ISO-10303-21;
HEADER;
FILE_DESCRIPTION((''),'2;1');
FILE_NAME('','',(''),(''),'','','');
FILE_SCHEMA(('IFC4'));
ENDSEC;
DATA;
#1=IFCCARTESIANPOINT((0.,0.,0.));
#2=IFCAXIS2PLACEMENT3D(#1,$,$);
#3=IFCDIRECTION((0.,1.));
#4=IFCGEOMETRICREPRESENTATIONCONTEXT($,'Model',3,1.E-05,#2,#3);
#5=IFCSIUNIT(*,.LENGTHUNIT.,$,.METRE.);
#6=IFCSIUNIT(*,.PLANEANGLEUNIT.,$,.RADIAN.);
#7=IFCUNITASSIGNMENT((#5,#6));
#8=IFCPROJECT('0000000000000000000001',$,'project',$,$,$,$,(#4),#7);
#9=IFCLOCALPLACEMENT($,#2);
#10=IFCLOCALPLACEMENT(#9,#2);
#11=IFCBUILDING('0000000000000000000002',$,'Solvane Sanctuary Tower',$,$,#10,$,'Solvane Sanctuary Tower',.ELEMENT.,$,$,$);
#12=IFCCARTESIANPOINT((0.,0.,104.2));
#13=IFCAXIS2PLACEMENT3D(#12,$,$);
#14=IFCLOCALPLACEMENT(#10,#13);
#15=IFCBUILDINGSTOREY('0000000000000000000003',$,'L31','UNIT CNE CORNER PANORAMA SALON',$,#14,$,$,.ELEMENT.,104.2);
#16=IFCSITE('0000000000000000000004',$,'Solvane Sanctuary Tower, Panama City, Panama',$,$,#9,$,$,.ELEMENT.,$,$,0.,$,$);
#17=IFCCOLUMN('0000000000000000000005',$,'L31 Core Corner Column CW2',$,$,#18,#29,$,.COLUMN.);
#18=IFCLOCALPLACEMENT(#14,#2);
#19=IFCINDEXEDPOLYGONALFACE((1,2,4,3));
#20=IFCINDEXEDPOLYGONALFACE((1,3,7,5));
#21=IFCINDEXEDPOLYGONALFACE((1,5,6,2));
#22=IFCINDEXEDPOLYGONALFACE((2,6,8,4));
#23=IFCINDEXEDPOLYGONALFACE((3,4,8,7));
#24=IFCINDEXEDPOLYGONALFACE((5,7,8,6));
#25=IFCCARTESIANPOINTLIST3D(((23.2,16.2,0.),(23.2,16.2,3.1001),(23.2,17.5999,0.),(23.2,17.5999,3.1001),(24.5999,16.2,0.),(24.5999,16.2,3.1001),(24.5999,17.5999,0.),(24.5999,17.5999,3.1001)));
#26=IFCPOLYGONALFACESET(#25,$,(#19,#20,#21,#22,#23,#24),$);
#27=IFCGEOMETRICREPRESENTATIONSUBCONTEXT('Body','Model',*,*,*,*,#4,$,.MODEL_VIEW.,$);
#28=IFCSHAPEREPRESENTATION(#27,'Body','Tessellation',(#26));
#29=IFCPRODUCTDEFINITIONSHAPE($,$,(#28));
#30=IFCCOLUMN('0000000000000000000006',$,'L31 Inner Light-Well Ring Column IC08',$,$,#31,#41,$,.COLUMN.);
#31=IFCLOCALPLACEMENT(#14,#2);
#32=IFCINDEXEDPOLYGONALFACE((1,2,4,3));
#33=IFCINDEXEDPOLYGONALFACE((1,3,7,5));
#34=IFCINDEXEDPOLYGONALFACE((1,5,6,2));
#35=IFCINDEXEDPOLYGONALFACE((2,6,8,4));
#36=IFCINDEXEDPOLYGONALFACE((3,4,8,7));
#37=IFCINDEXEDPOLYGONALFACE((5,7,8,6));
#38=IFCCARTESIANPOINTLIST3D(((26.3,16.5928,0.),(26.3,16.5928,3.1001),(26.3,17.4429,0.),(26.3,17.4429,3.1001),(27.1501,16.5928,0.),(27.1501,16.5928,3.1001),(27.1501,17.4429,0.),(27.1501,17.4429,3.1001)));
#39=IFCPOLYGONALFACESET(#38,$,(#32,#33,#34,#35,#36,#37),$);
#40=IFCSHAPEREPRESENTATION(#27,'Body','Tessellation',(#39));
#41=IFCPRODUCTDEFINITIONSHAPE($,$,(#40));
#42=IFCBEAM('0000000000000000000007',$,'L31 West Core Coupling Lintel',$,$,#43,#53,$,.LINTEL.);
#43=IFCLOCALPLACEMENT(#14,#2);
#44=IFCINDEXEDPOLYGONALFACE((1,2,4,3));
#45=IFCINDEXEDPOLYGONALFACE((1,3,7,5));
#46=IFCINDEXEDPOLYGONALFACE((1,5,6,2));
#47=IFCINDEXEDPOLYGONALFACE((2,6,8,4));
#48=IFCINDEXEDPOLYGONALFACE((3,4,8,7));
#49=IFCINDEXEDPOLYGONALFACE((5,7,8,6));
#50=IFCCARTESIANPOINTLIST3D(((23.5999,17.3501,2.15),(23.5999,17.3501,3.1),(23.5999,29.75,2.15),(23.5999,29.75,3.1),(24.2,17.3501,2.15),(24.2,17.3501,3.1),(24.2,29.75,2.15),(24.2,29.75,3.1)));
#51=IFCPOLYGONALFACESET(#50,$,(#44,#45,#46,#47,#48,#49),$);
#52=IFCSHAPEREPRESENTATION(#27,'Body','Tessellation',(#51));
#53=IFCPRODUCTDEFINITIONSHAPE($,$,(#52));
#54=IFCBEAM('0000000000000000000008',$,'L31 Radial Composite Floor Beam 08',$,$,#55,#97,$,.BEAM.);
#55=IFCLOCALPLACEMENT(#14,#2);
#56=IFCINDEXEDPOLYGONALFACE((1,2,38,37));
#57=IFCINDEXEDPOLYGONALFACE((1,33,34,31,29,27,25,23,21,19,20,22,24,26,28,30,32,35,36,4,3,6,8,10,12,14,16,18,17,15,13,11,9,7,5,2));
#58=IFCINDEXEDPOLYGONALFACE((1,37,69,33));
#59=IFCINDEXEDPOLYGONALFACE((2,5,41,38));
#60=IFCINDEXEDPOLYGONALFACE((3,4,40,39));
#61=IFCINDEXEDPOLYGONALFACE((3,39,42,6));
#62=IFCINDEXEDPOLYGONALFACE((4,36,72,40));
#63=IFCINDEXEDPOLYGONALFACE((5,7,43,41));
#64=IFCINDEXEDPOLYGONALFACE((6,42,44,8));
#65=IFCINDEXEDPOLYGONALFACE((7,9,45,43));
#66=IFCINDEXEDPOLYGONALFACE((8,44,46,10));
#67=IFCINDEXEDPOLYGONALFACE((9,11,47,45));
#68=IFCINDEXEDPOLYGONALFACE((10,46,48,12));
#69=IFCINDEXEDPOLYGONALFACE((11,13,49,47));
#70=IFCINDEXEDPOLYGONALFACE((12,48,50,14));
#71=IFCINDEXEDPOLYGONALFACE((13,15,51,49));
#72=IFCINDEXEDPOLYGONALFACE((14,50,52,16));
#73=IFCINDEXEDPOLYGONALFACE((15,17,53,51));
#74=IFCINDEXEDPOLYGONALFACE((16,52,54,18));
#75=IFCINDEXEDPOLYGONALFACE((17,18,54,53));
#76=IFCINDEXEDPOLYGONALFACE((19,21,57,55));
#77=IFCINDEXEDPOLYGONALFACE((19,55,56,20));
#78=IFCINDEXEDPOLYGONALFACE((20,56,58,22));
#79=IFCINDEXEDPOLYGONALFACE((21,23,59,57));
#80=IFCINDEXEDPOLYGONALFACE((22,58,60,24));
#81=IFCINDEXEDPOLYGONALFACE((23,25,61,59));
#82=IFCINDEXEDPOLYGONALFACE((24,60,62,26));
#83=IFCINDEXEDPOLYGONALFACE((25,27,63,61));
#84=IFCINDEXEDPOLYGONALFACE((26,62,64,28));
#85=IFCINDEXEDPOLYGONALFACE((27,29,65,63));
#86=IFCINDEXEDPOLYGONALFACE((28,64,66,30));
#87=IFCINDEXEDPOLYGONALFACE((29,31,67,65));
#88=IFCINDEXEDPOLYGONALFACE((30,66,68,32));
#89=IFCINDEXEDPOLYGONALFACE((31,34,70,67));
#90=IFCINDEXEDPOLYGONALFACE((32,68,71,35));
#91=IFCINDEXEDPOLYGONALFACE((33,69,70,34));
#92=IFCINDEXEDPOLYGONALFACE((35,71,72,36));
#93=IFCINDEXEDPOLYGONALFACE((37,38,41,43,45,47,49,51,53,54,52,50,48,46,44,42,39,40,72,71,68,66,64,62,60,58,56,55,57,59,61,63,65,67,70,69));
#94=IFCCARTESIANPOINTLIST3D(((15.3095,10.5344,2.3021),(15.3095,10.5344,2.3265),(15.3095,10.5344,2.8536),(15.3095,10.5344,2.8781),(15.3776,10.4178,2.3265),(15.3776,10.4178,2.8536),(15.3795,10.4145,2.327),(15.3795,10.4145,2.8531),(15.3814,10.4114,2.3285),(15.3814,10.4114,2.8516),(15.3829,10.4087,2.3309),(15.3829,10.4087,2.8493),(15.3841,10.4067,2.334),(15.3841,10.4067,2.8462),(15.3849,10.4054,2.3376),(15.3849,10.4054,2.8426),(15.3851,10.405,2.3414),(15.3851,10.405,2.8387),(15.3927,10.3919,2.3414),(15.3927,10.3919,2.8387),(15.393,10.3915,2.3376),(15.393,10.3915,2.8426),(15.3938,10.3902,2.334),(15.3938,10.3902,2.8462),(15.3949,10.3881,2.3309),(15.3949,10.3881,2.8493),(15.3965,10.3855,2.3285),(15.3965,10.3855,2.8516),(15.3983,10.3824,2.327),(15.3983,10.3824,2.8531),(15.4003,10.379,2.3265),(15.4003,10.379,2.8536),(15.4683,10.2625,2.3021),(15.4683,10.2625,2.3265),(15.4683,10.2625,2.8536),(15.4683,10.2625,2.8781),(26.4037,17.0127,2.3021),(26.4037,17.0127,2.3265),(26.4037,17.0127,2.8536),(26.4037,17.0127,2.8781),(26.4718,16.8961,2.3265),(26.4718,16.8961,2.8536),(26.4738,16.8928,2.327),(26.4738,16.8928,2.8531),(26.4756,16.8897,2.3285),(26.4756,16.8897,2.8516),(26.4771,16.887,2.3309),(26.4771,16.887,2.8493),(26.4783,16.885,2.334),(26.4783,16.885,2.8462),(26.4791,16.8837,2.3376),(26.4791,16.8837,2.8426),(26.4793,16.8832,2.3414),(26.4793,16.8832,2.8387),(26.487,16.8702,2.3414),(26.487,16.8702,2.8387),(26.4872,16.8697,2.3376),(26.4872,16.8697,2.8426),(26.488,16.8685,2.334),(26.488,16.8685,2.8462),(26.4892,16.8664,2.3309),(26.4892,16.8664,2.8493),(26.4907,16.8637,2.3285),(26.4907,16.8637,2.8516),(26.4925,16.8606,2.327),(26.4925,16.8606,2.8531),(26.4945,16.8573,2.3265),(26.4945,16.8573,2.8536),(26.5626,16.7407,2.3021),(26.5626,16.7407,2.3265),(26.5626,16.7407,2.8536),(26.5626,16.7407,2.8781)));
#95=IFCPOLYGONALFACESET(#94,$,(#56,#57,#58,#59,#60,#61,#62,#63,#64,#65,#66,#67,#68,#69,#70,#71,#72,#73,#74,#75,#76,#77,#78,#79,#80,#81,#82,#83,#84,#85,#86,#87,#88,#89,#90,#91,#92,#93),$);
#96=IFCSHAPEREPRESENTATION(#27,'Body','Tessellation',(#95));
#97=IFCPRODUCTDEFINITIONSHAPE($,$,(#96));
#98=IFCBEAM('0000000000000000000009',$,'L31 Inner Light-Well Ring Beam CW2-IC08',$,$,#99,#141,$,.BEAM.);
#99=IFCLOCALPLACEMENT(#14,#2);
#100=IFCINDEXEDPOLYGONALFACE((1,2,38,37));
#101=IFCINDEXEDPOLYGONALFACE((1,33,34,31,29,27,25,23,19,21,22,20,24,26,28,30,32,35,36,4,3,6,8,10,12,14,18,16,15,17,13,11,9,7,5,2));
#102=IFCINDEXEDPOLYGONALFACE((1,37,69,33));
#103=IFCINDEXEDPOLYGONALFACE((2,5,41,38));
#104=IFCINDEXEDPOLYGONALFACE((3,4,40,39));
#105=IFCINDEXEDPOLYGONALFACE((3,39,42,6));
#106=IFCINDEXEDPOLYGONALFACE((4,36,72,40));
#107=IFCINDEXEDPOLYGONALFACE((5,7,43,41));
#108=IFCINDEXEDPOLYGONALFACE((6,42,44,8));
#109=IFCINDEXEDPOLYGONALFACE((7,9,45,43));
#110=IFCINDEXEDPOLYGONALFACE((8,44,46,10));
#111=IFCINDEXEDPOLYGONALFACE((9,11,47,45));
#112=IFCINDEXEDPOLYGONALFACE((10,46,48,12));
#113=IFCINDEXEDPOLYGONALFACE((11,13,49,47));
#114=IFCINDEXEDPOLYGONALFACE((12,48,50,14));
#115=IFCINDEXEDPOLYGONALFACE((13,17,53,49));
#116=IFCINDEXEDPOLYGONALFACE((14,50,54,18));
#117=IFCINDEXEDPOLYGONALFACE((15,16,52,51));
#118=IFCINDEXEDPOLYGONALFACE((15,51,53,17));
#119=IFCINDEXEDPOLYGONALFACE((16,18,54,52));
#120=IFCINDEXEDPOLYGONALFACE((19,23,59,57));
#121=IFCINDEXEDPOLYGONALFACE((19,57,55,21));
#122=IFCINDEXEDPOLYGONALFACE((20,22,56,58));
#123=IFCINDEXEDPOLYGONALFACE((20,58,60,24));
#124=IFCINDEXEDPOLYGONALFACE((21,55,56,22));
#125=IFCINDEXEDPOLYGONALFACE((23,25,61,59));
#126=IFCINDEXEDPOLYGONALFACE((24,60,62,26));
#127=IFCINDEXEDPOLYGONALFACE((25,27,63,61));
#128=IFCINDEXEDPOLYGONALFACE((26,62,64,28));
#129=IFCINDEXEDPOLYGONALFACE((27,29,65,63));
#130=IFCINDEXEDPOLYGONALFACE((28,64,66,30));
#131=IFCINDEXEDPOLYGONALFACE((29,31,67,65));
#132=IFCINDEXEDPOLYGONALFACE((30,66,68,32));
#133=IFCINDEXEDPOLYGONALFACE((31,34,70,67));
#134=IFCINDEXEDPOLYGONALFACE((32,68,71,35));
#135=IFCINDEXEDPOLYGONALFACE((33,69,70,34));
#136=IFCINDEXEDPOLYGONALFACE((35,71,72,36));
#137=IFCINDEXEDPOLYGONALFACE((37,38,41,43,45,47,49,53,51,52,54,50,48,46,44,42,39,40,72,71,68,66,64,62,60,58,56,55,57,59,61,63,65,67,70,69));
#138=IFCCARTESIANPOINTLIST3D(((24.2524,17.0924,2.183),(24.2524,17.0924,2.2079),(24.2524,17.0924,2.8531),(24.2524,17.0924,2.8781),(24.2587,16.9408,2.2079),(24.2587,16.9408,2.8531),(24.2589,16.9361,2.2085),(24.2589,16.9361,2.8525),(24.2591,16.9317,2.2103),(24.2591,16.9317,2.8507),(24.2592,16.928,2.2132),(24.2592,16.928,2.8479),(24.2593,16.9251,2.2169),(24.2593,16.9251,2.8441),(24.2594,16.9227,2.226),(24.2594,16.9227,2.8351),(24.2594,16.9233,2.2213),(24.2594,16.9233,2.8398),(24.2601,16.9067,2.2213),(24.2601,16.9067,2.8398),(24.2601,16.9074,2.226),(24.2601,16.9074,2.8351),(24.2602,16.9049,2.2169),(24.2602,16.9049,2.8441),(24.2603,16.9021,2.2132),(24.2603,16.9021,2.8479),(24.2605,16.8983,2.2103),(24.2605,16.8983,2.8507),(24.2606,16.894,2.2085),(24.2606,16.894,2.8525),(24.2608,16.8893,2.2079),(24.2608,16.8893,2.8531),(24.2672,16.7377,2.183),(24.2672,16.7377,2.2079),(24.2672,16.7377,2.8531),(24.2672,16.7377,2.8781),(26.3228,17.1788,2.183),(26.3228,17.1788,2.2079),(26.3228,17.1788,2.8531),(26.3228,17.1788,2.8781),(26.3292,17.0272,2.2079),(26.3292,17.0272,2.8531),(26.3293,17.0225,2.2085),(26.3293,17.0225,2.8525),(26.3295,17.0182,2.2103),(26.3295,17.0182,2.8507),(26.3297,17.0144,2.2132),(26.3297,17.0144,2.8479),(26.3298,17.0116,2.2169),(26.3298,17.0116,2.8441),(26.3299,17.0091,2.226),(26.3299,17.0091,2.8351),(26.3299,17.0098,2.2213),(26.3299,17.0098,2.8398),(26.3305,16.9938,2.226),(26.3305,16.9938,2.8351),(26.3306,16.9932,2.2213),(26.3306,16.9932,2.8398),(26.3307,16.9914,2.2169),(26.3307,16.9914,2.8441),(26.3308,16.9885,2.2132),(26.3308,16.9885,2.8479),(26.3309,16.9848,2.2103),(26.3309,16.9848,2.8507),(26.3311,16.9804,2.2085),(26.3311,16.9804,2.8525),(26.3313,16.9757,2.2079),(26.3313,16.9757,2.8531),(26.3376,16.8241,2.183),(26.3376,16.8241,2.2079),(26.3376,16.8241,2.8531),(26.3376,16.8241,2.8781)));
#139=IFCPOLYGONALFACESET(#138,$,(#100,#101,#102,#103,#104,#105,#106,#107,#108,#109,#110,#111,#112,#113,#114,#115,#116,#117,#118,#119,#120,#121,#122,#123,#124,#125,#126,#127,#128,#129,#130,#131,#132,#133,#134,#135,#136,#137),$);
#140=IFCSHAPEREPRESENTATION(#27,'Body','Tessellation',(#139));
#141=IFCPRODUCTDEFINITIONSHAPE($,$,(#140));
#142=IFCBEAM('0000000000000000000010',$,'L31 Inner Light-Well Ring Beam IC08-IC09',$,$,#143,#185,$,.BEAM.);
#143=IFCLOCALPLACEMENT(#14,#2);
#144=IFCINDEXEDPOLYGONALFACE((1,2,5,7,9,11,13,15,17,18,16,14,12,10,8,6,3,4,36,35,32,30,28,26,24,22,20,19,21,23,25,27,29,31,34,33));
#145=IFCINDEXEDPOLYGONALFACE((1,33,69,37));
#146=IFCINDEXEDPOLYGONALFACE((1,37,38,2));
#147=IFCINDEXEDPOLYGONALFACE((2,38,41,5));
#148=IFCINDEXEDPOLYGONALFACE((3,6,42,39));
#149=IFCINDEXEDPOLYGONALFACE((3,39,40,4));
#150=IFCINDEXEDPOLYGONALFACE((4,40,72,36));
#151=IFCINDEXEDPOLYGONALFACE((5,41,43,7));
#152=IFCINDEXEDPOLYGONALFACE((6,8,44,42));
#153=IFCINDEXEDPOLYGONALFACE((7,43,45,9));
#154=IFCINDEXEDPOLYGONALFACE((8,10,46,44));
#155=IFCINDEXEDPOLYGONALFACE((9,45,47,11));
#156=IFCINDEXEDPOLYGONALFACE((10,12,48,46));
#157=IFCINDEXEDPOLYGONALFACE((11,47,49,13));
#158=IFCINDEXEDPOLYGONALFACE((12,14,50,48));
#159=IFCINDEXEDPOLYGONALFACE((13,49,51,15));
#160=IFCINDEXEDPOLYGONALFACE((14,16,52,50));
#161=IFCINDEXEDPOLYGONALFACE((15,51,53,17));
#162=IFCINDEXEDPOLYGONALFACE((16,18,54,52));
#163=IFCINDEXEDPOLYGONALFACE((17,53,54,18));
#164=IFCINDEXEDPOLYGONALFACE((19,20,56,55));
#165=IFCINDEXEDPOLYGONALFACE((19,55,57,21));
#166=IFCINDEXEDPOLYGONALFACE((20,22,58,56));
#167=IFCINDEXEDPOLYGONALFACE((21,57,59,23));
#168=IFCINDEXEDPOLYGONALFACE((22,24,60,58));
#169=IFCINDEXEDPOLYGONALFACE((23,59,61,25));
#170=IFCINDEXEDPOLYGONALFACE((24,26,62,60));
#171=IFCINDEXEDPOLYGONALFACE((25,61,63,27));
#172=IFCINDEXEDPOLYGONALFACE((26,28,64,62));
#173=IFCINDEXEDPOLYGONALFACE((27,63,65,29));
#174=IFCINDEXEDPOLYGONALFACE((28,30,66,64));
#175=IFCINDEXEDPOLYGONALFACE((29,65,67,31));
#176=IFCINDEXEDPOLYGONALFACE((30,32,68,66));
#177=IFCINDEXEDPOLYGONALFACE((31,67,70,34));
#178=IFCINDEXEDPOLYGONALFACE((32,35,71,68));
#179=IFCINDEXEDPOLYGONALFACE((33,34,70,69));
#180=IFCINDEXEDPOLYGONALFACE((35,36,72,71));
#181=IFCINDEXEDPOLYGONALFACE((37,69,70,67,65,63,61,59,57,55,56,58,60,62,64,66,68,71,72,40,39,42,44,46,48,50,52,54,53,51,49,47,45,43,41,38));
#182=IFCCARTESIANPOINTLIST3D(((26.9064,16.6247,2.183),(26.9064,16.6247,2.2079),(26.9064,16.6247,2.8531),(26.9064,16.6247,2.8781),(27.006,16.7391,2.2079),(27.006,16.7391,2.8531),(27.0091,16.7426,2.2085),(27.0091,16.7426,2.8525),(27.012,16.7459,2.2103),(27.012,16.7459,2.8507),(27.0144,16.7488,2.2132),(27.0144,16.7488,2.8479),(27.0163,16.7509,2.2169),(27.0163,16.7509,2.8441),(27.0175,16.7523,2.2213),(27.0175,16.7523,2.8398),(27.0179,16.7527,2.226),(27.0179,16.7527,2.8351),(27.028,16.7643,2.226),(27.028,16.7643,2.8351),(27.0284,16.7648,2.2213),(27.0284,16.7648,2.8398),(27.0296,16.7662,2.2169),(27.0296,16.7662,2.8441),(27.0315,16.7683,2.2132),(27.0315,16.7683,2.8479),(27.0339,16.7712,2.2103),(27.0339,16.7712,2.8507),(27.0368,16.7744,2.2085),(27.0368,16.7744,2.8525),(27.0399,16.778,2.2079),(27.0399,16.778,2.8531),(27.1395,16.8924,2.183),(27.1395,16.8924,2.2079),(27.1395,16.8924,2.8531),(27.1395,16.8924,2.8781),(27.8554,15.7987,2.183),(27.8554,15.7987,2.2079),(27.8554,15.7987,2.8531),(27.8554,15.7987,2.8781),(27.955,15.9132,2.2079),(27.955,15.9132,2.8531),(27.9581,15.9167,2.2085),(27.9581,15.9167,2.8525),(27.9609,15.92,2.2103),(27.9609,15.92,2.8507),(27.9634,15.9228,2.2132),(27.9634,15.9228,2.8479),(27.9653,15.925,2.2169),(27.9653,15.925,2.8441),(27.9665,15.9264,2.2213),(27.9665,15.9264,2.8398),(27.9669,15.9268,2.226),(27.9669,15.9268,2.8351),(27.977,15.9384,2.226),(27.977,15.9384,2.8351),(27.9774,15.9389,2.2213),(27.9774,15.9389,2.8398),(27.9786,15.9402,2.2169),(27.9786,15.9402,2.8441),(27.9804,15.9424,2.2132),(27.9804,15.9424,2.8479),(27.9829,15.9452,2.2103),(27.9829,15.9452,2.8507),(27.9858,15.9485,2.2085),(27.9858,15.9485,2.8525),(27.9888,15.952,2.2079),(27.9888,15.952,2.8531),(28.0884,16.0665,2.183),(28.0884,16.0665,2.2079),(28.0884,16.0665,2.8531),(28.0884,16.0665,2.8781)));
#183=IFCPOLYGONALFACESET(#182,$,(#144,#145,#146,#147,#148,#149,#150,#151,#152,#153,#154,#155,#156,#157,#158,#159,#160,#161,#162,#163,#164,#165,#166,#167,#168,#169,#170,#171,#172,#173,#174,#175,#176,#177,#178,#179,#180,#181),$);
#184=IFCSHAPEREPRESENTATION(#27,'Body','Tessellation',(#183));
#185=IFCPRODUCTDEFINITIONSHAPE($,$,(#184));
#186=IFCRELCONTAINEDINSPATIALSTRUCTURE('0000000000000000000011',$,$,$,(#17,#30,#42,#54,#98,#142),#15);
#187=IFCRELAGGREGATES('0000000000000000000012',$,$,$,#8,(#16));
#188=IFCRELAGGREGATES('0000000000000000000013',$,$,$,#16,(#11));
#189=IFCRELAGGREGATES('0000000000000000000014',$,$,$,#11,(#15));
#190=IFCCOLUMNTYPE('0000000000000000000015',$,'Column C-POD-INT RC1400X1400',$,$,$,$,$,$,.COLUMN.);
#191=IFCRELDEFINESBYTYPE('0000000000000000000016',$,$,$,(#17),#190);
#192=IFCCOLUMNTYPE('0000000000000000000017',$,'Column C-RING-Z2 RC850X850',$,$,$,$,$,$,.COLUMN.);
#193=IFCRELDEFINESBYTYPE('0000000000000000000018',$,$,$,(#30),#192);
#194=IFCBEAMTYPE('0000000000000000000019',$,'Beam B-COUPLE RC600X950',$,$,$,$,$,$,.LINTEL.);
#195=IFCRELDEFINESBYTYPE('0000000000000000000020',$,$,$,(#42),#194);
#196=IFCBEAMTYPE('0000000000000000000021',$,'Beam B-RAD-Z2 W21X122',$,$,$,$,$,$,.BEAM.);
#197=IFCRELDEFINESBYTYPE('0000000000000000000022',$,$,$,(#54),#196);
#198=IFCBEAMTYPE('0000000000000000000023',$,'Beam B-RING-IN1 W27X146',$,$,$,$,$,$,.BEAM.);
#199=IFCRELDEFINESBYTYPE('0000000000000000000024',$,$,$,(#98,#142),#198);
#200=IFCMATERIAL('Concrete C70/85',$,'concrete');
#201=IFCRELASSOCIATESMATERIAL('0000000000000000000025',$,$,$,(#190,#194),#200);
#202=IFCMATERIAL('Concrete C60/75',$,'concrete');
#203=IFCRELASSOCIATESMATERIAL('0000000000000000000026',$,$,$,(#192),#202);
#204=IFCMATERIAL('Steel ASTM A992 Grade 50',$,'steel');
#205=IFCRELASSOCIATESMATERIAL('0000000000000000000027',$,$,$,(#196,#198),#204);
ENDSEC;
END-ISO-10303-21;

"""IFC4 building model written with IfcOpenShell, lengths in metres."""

from ifc_helpers import new_model, si_unit, direction, frame, origin, origin_2d, place, context, subcontext, project, spatial, rectangle, i_section, extrude, material, material_profile, profile_set, type_object, element, save


model = new_model("IFC4")

# Units and contexts
model_context = context("Model", 3, precision=1e-05, world=origin(), true_north=direction((0.0, 1.0)))
body_context = subcontext(model_context, "Body", "Model", "MODEL_VIEW")
ifc_project = project(units=[si_unit("LENGTHUNIT", "METRE"), si_unit("PLANEANGLEUNIT", "RADIAN")], contexts=[model_context])

# Site, building, storey
site_placement = place(None, origin())
site = spatial("IfcSite", under=ifc_project, at=site_placement, Name="Solvane Sanctuary Tower, Panama City, Panama", CompositionType="ELEMENT", RefElevation=0.0)
building_placement = place(site_placement, origin())
building = spatial("IfcBuilding", under=site, at=building_placement, Name="Solvane Sanctuary Tower", LongName="Solvane Sanctuary Tower", CompositionType="ELEMENT")
storey_placement = place(building_placement, frame((0.0, 0.0, 104.2)))
storey = spatial("IfcBuildingStorey", under=building, at=storey_placement, Name="L31", Description="UNIT CNE CORNER PANORAMA SALON", CompositionType="ELEMENT", Elevation=104.2)

# Columns
ifc_material_1 = material(Name="Concrete C70/85", Category="concrete")
ifc_material_profile_1 = material_profile(ifc_material_1, rectangle(XDim=1.3999, YDim=1.3999, at=origin_2d()), Name="RC1400X1400")
ifc_profile_set_1 = profile_set([ifc_material_profile_1], Name="Concrete C70/85")
column_type_1 = type_object("IfcColumnType", Name="Column C-POD-INT RC1400X1400", PredefinedType="COLUMN", material=ifc_profile_set_1)
column_1_placement = place(storey_placement, frame((23.8999, 16.8999, 0.0), z_axis=(0.0, 0.0, 1.0), x_axis=(1.0, 0.0, 0.0)))
element("IfcColumn", 1, at=column_1_placement, inside=storey, type_object=column_type_1, Name="L31 Core Corner Column CW2", PredefinedType="COLUMN", context=body_context, shape_type="SweptSolid", body=[
    extrude(rectangle(XDim=1.3999, YDim=1.3999, at=origin_2d()), origin(), (0.0, 0.0, 1.0), 3.1001),
])
ifc_material_2 = material(Name="Concrete C60/75", Category="concrete")
ifc_material_profile_2 = material_profile(ifc_material_2, rectangle(XDim=0.8501, YDim=0.8501, at=origin_2d()), Name="RC850X850")
ifc_profile_set_2 = profile_set([ifc_material_profile_2], Name="Concrete C60/75")
column_type_2 = type_object("IfcColumnType", Name="Column C-RING-Z2 RC850X850", PredefinedType="COLUMN", material=ifc_profile_set_2)
column_2_placement = place(storey_placement, frame((26.7251, 17.0178, 0.0), z_axis=(0.0, 0.0, 1.0), x_axis=(1.0, 0.0, 0.0)))
element("IfcColumn", 2, at=column_2_placement, inside=storey, type_object=column_type_2, Name="L31 Inner Light-Well Ring Column IC08", PredefinedType="COLUMN", context=body_context, shape_type="SweptSolid", body=[
    extrude(rectangle(XDim=0.8501, YDim=0.8501, at=origin_2d()), origin(), (0.0, 0.0, 1.0), 3.1001),
])

# Beams
ifc_material_profile_3 = material_profile(ifc_material_1, rectangle(XDim=0.6001, YDim=0.95, at=origin_2d()), Name="RC600X950")
ifc_profile_set_3 = profile_set([ifc_material_profile_3], Name="Concrete C70/85")
beam_type_1 = type_object("IfcBeamType", Name="Beam B-COUPLE RC600X950", PredefinedType="LINTEL", material=ifc_profile_set_3)
beam_1_placement = place(storey_placement, frame((23.8999, 17.3501, 2.625), z_axis=(0.0, 1.0, 0.0), x_axis=(-1.0, 0.0, 0.0)))
element("IfcBeam", 3, at=beam_1_placement, inside=storey, type_object=beam_type_1, Name="L31 West Core Coupling Lintel", PredefinedType="LINTEL", context=body_context, shape_type="SweptSolid", body=[
    extrude(rectangle(XDim=0.6001, YDim=0.95, at=origin_2d()), origin(), (0.0, 0.0, 1.0), 12.3999),
])
ifc_material_3 = material(Name="Steel ASTM A992 Grade 50", Category="steel")
ifc_material_profile_4 = material_profile(ifc_material_3, i_section(OverallWidth=0.3149, OverallDepth=0.5759, WebThickness=0.0151, FlangeThickness=0.0244, FilletRadius=0.0149, at=origin_2d()), Name="W21X122")
ifc_profile_set_4 = profile_set([ifc_material_profile_4], Name="Steel ASTM A992 Grade 50")
beam_type_2 = type_object("IfcBeamType", Name="Beam B-RAD-Z2 W21X122", PredefinedType="BEAM", material=ifc_profile_set_4)
beam_2_placement = place(storey_placement, frame((26.4832, 16.8767, 2.5901), z_axis=(-0.863554, -0.504256, 0.0), x_axis=(0.504256, -0.863554, 0.0)))
element("IfcBeam", 4, at=beam_2_placement, inside=storey, type_object=beam_type_2, Name="L31 Radial Composite Floor Beam 08", PredefinedType="BEAM", context=body_context, shape_type="SweptSolid", body=[
    extrude(i_section(OverallWidth=0.3149, OverallDepth=0.5759, WebThickness=0.0151, FlangeThickness=0.0244, FilletRadius=0.0149, at=origin_2d()), origin(), (0.0, 0.0, 1.0), 12.8472),
])
ifc_material_profile_5 = material_profile(ifc_material_3, i_section(OverallWidth=0.355, OverallDepth=0.6951, WebThickness=0.0154, FlangeThickness=0.0249, FilletRadius=0.0181, at=origin_2d()), Name="W27X146")
ifc_profile_set_5 = profile_set([ifc_material_profile_5], Name="Steel ASTM A992 Grade 50")
beam_type_3 = type_object("IfcBeamType", Name="Beam B-RING-IN1 W27X146", PredefinedType="BEAM", material=ifc_profile_set_5)
beam_3_placement = place(storey_placement, frame((24.2598, 16.915, 2.5305), z_axis=(0.99913, 0.041704, 0.0), x_axis=(-0.041704, 0.99913, 0.0)))
element("IfcBeam", 5, at=beam_3_placement, inside=storey, type_object=beam_type_3, Name="L31 Inner Light-Well Ring Beam CW2-IC08", PredefinedType="BEAM", context=body_context, shape_type="SweptSolid", body=[
    extrude(i_section(OverallWidth=0.355, OverallDepth=0.6951, WebThickness=0.0154, FlangeThickness=0.0249, FilletRadius=0.0181, at=origin_2d()), origin(), (0.0, 0.0, 1.0), 2.0723),
])
beam_4_placement = place(storey_placement, frame((27.0229, 16.7585, 2.5305), z_axis=(0.754317, -0.65651, 0.0), x_axis=(0.65651, 0.754317, 0.0)))
element("IfcBeam", 6, at=beam_4_placement, inside=storey, type_object=beam_type_3, Name="L31 Inner Light-Well Ring Beam IC08-IC09", PredefinedType="BEAM", context=body_context, shape_type="SweptSolid", body=[
    extrude(i_section(OverallWidth=0.355, OverallDepth=0.6951, WebThickness=0.0154, FlangeThickness=0.0249, FilletRadius=0.0181, at=origin_2d()), origin(), (0.0, 0.0, 1.0), 1.2581),
])

save(model, "model.ifc")
